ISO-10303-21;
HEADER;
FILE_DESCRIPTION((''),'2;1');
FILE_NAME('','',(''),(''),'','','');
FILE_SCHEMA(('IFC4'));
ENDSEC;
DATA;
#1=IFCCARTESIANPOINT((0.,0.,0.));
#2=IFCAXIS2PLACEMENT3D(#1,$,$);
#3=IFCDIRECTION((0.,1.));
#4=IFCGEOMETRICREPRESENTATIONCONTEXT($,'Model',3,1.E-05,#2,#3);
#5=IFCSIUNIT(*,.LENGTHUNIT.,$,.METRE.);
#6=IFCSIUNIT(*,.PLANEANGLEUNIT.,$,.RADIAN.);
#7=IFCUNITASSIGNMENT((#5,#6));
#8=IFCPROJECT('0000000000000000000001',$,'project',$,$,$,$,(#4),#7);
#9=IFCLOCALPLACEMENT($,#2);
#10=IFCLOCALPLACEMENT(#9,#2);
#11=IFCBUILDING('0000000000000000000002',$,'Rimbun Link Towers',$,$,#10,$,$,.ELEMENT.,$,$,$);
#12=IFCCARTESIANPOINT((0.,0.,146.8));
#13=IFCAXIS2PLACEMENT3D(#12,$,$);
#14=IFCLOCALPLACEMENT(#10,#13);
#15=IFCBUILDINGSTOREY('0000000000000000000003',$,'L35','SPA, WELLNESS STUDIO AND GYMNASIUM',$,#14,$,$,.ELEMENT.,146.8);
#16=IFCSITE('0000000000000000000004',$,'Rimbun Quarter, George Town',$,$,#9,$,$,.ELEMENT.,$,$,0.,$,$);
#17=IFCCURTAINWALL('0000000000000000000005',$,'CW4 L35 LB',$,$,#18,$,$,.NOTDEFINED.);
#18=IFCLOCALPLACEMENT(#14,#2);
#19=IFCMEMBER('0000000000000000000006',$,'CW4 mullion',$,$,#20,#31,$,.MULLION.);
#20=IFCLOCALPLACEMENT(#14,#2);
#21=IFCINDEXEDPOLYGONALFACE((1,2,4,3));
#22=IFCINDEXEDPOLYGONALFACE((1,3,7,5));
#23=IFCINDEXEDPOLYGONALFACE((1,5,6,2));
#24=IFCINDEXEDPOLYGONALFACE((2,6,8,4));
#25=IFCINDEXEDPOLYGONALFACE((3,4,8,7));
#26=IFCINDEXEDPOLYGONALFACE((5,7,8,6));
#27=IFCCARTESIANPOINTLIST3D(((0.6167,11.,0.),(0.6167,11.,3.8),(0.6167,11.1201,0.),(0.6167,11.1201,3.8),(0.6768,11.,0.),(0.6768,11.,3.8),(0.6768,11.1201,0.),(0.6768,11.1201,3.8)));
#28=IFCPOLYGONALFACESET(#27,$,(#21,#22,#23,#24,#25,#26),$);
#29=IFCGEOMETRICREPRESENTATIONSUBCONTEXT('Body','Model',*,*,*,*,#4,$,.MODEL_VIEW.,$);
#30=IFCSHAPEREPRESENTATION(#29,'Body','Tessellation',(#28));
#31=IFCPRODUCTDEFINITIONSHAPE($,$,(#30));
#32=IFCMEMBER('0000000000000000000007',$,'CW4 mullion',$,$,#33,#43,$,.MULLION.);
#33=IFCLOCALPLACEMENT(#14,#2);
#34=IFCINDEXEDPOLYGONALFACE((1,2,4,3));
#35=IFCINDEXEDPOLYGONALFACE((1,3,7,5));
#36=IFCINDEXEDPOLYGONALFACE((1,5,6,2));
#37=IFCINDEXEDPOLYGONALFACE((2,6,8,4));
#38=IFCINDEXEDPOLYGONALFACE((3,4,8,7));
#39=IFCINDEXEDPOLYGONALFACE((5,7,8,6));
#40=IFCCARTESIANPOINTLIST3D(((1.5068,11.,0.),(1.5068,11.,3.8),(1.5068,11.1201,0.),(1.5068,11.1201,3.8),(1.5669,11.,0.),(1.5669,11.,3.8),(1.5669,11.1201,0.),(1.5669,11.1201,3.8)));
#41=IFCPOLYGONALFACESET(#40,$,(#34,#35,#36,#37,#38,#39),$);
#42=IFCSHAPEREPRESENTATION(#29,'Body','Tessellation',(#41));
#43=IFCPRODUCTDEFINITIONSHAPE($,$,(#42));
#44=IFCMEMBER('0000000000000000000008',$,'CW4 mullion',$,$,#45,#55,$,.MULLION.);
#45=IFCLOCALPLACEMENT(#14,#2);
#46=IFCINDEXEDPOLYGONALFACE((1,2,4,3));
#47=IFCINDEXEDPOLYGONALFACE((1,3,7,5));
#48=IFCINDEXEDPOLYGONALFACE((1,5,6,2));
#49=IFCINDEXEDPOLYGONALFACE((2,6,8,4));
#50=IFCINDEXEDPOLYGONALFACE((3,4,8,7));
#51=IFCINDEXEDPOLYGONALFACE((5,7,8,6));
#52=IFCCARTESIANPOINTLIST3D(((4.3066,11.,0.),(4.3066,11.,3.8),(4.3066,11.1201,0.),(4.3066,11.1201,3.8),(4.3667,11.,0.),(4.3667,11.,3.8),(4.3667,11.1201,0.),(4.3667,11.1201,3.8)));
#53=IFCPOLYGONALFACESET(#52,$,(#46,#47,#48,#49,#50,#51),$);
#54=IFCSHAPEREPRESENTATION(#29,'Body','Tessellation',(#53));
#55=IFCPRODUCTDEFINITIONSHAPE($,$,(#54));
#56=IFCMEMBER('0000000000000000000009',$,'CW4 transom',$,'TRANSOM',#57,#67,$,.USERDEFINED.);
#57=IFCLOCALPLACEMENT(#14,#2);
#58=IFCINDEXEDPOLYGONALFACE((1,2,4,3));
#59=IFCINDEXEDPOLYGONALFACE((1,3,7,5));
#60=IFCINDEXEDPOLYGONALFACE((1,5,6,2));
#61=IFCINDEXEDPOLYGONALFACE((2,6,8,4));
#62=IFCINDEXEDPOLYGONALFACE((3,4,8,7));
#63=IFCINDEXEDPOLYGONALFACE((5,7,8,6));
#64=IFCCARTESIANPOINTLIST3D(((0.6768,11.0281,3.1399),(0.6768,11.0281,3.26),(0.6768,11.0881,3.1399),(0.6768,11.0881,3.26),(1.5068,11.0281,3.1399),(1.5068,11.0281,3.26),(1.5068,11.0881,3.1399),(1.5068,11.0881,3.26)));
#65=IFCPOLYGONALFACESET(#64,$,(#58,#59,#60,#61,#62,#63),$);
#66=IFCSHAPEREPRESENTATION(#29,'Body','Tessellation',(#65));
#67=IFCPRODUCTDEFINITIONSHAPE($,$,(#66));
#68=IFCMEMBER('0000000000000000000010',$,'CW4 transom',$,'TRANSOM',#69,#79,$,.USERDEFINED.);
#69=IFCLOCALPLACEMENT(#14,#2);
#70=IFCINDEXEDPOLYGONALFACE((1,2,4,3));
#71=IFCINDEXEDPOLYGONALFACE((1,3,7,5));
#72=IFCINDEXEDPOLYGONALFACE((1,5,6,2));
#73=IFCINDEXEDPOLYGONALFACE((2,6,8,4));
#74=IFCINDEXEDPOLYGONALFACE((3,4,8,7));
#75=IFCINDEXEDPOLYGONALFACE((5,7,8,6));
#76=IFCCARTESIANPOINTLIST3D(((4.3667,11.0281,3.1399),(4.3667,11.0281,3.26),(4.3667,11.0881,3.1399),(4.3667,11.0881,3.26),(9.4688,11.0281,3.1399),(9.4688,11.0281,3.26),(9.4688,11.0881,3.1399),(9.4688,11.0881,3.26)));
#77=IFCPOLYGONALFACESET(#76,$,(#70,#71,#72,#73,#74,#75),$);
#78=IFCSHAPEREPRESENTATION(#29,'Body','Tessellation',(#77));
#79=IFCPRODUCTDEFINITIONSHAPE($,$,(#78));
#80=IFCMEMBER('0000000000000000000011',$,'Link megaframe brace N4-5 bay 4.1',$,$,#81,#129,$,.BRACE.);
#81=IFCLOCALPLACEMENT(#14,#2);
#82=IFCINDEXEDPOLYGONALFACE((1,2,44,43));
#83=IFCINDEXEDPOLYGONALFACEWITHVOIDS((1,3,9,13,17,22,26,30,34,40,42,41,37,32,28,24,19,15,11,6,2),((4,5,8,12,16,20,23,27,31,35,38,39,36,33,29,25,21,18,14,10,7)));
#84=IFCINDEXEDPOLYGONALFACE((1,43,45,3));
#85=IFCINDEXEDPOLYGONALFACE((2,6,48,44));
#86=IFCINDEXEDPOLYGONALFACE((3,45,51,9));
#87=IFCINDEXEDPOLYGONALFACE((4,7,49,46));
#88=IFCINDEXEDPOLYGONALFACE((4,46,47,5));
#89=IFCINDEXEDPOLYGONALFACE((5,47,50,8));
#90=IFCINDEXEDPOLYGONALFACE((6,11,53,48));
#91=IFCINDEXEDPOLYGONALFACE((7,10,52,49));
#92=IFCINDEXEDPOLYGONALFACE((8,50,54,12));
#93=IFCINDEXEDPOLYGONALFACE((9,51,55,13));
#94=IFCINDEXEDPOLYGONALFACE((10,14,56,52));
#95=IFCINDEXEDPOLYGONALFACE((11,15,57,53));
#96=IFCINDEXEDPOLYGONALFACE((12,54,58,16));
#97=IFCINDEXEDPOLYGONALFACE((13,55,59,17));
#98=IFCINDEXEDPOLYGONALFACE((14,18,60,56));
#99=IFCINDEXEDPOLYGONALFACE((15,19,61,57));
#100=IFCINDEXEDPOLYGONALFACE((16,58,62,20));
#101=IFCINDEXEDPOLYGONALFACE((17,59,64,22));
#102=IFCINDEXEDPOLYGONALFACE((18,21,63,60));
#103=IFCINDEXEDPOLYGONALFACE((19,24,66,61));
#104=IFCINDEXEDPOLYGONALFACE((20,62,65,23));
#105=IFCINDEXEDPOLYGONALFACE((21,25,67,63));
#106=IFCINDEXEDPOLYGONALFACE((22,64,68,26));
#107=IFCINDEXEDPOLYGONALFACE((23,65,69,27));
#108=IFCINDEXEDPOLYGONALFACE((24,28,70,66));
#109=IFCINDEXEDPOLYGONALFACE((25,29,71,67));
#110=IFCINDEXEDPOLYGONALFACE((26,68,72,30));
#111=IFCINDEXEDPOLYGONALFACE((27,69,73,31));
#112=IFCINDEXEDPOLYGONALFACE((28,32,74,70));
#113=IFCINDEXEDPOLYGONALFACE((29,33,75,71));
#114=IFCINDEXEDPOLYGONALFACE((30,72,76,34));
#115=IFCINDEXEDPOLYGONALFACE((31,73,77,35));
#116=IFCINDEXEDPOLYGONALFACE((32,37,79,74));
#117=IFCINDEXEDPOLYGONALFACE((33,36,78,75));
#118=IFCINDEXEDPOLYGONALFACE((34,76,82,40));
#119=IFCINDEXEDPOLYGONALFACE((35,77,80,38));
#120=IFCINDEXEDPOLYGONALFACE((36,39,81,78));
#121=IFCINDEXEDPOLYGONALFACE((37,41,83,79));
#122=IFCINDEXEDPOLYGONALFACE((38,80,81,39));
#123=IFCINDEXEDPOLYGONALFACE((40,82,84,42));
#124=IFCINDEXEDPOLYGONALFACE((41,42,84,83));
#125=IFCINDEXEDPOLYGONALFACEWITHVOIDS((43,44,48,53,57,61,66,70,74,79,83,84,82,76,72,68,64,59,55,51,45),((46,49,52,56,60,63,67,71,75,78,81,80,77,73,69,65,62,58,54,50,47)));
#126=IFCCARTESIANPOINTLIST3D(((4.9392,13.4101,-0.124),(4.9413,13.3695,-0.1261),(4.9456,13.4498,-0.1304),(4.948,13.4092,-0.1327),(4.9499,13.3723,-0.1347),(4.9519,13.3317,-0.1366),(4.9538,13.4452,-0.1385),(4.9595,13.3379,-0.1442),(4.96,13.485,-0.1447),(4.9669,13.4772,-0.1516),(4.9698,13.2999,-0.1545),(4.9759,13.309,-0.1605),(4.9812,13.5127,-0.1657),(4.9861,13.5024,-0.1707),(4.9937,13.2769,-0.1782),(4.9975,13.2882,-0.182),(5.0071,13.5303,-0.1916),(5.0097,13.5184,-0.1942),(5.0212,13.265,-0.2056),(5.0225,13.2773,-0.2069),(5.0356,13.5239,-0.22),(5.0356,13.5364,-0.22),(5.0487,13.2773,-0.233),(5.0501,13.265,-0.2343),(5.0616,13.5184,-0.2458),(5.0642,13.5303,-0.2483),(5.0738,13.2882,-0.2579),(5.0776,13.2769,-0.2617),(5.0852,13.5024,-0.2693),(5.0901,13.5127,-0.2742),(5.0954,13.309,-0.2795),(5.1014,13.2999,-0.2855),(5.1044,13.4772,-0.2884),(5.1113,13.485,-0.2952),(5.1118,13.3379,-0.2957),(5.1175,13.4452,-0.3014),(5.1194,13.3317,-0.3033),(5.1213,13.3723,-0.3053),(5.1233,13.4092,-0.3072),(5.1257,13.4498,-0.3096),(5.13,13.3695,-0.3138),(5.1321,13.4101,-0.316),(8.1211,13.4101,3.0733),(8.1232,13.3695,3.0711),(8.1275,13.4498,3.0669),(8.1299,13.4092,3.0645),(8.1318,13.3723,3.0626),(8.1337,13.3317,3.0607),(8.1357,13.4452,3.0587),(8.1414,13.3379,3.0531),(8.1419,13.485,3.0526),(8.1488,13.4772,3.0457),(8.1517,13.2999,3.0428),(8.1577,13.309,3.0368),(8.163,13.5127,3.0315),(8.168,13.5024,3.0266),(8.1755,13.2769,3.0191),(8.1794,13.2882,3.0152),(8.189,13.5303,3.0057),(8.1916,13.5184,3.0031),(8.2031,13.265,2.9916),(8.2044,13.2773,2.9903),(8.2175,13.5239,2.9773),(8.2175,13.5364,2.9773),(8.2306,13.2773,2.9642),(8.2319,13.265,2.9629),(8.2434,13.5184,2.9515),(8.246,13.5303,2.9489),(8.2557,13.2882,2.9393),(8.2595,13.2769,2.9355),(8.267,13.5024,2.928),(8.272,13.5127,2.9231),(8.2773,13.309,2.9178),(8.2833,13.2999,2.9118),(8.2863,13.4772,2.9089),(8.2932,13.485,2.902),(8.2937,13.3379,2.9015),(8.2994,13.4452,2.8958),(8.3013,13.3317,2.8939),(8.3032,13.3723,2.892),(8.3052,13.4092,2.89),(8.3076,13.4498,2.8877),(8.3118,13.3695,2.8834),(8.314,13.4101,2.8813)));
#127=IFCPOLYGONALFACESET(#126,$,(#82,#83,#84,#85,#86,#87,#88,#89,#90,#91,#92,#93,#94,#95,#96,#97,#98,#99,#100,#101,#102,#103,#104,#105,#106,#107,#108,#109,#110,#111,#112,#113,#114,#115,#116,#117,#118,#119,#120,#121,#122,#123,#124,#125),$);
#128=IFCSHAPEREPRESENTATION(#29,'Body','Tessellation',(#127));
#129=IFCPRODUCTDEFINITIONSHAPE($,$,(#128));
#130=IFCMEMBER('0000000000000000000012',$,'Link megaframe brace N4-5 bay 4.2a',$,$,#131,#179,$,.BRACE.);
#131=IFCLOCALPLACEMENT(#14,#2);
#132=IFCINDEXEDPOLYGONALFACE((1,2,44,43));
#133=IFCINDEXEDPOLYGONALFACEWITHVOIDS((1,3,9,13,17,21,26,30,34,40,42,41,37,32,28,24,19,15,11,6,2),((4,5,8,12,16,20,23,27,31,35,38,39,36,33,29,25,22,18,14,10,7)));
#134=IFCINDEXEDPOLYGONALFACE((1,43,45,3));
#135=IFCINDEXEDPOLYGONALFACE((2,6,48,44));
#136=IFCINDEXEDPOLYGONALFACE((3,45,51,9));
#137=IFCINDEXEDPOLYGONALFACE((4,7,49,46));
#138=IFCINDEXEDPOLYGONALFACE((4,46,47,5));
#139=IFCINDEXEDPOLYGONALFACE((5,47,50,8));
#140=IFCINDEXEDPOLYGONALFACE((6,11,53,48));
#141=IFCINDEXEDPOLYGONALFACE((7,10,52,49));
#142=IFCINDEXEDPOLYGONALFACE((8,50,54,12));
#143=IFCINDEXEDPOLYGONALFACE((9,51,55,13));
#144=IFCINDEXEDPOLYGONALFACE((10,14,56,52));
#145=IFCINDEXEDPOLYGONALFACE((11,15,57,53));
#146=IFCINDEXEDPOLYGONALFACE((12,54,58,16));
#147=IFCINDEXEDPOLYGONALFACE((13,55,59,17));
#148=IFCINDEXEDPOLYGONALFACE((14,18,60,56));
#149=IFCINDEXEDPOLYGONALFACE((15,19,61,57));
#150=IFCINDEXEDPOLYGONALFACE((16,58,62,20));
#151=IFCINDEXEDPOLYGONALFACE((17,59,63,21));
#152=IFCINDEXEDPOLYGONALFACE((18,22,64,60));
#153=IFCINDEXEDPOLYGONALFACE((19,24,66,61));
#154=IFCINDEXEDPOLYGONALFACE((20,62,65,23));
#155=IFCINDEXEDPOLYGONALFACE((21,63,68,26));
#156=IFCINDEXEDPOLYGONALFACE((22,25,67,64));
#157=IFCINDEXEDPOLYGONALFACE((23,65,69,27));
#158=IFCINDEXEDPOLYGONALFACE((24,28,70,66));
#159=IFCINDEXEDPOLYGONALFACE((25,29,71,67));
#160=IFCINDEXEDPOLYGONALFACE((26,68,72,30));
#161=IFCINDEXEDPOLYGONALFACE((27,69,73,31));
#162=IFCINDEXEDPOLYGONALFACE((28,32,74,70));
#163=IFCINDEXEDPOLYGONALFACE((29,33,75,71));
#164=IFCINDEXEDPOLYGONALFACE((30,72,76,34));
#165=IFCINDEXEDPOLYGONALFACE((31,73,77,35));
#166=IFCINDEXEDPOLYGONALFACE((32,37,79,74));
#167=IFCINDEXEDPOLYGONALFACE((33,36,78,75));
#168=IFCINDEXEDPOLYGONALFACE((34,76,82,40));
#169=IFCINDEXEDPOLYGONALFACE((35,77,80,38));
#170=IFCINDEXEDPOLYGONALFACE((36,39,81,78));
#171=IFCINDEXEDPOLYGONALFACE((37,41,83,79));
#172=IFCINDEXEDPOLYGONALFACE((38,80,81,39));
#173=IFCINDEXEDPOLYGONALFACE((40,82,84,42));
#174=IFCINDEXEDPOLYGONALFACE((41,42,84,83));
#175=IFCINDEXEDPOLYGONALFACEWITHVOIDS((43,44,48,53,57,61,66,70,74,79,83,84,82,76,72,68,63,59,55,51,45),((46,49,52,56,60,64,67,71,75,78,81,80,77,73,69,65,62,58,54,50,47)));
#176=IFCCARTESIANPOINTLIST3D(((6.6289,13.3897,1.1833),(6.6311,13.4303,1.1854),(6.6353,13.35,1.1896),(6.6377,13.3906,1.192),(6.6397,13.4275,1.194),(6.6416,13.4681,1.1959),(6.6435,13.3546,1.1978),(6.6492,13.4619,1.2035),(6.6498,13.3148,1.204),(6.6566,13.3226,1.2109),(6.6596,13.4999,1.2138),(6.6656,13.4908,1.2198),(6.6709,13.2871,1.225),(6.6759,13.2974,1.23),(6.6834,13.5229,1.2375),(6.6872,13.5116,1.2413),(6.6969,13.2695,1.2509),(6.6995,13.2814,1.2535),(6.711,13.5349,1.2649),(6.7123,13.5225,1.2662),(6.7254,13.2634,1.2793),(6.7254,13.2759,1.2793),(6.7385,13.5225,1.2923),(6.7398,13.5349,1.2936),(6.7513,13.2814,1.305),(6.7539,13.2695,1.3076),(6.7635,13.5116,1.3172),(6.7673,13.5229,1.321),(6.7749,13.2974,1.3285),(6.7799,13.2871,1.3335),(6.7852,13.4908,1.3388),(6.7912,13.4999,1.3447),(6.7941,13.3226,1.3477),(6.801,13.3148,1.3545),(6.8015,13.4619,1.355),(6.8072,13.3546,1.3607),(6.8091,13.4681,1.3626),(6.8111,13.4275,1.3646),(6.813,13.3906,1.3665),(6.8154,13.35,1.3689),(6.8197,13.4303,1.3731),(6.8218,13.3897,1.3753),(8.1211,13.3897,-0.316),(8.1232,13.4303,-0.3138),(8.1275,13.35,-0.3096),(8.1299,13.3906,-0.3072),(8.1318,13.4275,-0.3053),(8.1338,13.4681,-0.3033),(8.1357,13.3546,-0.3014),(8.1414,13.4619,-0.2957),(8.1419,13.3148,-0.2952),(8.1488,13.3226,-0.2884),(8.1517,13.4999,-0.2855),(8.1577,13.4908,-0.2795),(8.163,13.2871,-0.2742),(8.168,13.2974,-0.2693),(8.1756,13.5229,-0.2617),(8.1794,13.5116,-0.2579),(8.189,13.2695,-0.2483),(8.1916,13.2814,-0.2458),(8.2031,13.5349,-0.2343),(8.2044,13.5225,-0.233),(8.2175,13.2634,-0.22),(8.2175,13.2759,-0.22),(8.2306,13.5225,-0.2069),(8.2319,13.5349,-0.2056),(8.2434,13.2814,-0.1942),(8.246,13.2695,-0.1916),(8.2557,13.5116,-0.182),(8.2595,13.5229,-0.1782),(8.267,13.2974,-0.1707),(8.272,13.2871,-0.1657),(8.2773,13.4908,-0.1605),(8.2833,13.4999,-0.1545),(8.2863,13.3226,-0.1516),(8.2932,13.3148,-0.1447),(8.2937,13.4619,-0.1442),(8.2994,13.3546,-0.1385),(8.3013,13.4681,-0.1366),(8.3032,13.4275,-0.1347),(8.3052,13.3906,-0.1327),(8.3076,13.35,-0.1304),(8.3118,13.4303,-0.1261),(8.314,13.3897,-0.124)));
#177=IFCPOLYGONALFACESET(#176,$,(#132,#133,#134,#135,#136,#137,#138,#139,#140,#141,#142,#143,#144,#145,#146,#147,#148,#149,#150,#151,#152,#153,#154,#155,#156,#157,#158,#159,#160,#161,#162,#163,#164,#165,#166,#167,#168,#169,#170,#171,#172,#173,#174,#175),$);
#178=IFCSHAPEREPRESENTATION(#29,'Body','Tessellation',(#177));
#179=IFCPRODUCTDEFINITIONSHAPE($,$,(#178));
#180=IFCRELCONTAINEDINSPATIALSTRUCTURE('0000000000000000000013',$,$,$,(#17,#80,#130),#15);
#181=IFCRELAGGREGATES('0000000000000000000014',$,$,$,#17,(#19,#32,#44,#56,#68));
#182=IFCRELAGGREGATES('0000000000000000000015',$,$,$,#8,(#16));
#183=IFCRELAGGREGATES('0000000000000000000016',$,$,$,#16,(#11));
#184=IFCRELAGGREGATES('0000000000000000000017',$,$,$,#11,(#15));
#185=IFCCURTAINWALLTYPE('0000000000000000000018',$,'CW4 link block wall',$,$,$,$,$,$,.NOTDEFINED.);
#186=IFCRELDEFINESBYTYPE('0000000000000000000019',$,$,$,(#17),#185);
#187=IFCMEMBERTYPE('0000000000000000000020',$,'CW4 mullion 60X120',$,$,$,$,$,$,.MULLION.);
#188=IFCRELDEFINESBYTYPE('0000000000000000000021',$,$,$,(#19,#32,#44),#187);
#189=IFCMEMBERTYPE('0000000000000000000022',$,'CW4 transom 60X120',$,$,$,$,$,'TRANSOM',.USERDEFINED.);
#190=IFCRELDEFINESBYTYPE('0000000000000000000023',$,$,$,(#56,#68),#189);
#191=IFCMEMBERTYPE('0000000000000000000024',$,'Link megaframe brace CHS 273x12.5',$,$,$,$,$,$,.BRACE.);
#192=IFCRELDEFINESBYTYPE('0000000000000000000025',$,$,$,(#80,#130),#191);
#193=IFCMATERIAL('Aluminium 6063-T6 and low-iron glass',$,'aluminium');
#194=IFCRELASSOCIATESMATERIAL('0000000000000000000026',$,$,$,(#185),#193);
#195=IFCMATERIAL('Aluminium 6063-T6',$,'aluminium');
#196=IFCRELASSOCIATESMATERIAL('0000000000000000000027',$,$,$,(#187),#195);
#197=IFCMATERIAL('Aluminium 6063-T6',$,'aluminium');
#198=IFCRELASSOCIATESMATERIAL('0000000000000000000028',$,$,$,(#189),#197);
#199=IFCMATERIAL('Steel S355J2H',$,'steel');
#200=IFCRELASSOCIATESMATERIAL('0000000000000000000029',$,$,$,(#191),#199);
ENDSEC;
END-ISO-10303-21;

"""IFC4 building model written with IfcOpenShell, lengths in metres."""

from ifc_helpers import new_model, si_unit, direction, frame, origin, origin_2d, place, context, subcontext, project, spatial, rectangle, hollow_circle, extrude, material, material_profile, profile_set, type_object, element, aggregate, save


model = new_model("IFC4")

# Units and contexts
model_context = context("Model", 3, precision=1e-05, world=origin(), true_north=direction((0.0, 1.0)))
body_context = subcontext(model_context, "Body", "Model", "MODEL_VIEW")
ifc_project = project(units=[si_unit("LENGTHUNIT", "METRE"), si_unit("PLANEANGLEUNIT", "RADIAN")], contexts=[model_context])

# Site, building, storey
site_placement = place(None, origin())
site = spatial("IfcSite", under=ifc_project, at=site_placement, Name="Rimbun Quarter, George Town", CompositionType="ELEMENT", RefElevation=0.0)
building_placement = place(site_placement, origin())
building = spatial("IfcBuilding", under=site, at=building_placement, Name="Rimbun Link Towers", CompositionType="ELEMENT")
storey_placement = place(building_placement, frame((0.0, 0.0, 146.8)))
storey = spatial("IfcBuildingStorey", under=building, at=storey_placement, Name="L35", Description="SPA, WELLNESS STUDIO AND GYMNASIUM", CompositionType="ELEMENT", Elevation=146.8)

# Curtain wall, members
ifc_material_1 = material(Name="Aluminium 6063-T6 and low-iron glass", Category="aluminium")
curtain_wall_type = type_object("IfcCurtainWallType", Name="CW4 link block wall", PredefinedType="NOTDEFINED", material=ifc_material_1)
curtain_wall_placement = place(storey_placement, origin())
curtain_wall = element("IfcCurtainWall", 1, at=curtain_wall_placement, inside=storey, type_object=curtain_wall_type, Name="CW4 L35 LB", PredefinedType="NOTDEFINED")
ifc_material_2 = material(Name="Aluminium 6063-T6", Category="aluminium")
ifc_material_profile_1 = material_profile(ifc_material_2, rectangle(XDim=0.1201, YDim=0.0601, at=origin_2d()), Name="MULLION 60X120")
ifc_profile_set_1 = profile_set([ifc_material_profile_1], Name="Aluminium 6063-T6")
member_type_1 = type_object("IfcMemberType", Name="CW4 mullion 60X120", PredefinedType="MULLION", material=ifc_profile_set_1)
member_1_placement = place(storey_placement, frame((0.6467, 11.0601, 0.0), z_axis=(0.0, 0.0, 1.0), x_axis=(0.0, 1.0, 0.0)))
member_1 = element("IfcMember", 2, at=member_1_placement, type_object=member_type_1, Name="CW4 mullion", PredefinedType="MULLION", context=body_context, shape_type="SweptSolid", body=[
    extrude(rectangle(XDim=0.1201, YDim=0.0601, at=origin_2d()), origin(), (0.0, 0.0, 1.0), 3.8),
])
member_2_placement = place(storey_placement, frame((1.5369, 11.0601, 0.0), z_axis=(0.0, 0.0, 1.0), x_axis=(0.0, 1.0, 0.0)))
member_2 = element("IfcMember", 3, at=member_2_placement, type_object=member_type_1, Name="CW4 mullion", PredefinedType="MULLION", context=body_context, shape_type="SweptSolid", body=[
    extrude(rectangle(XDim=0.1201, YDim=0.0601, at=origin_2d()), origin(), (0.0, 0.0, 1.0), 3.8),
])
member_3_placement = place(storey_placement, frame((4.3367, 11.0601, 0.0), z_axis=(0.0, 0.0, 1.0), x_axis=(0.0, 1.0, 0.0)))
member_3 = element("IfcMember", 4, at=member_3_placement, type_object=member_type_1, Name="CW4 mullion", PredefinedType="MULLION", context=body_context, shape_type="SweptSolid", body=[
    extrude(rectangle(XDim=0.1201, YDim=0.0601, at=origin_2d()), origin(), (0.0, 0.0, 1.0), 3.8),
])
ifc_material_3 = material(Name="Aluminium 6063-T6", Category="aluminium")
ifc_material_profile_2 = material_profile(ifc_material_3, rectangle(XDim=0.0601, YDim=0.1201, at=origin_2d()), Name="TRANSOM 60X120")
ifc_profile_set_2 = profile_set([ifc_material_profile_2], Name="Aluminium 6063-T6")
member_type_2 = type_object("IfcMemberType", Name="CW4 transom 60X120", ElementType="TRANSOM", PredefinedType="USERDEFINED", material=ifc_profile_set_2)
member_4_placement = place(storey_placement, frame((0.6768, 11.0581, 3.2), z_axis=(1.0, 0.0, 0.0), x_axis=(0.0, 1.0, 0.0)))
member_4 = element("IfcMember", 5, at=member_4_placement, type_object=member_type_2, Name="CW4 transom", ObjectType="TRANSOM", PredefinedType="USERDEFINED", context=body_context, shape_type="SweptSolid", body=[
    extrude(rectangle(XDim=0.0601, YDim=0.1201, at=origin_2d()), origin(), (0.0, 0.0, 1.0), 0.8301),
])
member_5_placement = place(storey_placement, frame((4.3667, 11.0581, 3.2), z_axis=(1.0, 0.0, 0.0), x_axis=(0.0, 1.0, 0.0)))
member_5 = element("IfcMember", 6, at=member_5_placement, type_object=member_type_2, Name="CW4 transom", ObjectType="TRANSOM", PredefinedType="USERDEFINED", context=body_context, shape_type="SweptSolid", body=[
    extrude(rectangle(XDim=0.0601, YDim=0.1201, at=origin_2d()), origin(), (0.0, 0.0, 1.0), 5.1021),
])

# Members
ifc_material_4 = material(Name="Steel S355J2H", Category="steel")
ifc_material_profile_3 = material_profile(ifc_material_4, hollow_circle(Radius=0.1365, WallThickness=0.0125, at=origin_2d()), Name="CHS 273x12.5")
ifc_profile_set_3 = profile_set([ifc_material_profile_3], Name="Steel S355J2H")
member_type_3 = type_object("IfcMemberType", Name="Link megaframe brace CHS 273x12.5", PredefinedType="BRACE", material=ifc_profile_set_3)
member_6_placement = place(storey_placement, frame((5.0356, 13.3999, -0.22), z_axis=(0.7054, 0.0, 0.70881), x_axis=(0.0, 1.0, 0.0)))
element("IfcMember", 7, at=member_6_placement, inside=storey, type_object=member_type_3, Name="Link megaframe brace N4-5 bay 4.1", PredefinedType="BRACE", context=body_context, shape_type="SweptSolid", body=[
    extrude(hollow_circle(Radius=0.1365, WallThickness=0.0125, at=origin_2d()), origin(), (0.0, 0.0, 1.0), 4.5107),
])
member_7_placement = place(storey_placement, frame((8.2175, 13.3999, -0.22), z_axis=(-0.705431, 0.0, 0.708778), x_axis=(0.0, -1.0, 0.0)))
element("IfcMember", 8, at=member_7_placement, inside=storey, type_object=member_type_3, Name="Link megaframe brace N4-5 bay 4.2a", PredefinedType="BRACE", context=body_context, shape_type="SweptSolid", body=[
    extrude(hollow_circle(Radius=0.1365, WallThickness=0.0125, at=origin_2d()), origin(), (0.0, 0.0, 1.0), 2.1152),
])

aggregate(curtain_wall, [member_1, member_2, member_3, member_4, member_5])

save(model, "model.ifc")
